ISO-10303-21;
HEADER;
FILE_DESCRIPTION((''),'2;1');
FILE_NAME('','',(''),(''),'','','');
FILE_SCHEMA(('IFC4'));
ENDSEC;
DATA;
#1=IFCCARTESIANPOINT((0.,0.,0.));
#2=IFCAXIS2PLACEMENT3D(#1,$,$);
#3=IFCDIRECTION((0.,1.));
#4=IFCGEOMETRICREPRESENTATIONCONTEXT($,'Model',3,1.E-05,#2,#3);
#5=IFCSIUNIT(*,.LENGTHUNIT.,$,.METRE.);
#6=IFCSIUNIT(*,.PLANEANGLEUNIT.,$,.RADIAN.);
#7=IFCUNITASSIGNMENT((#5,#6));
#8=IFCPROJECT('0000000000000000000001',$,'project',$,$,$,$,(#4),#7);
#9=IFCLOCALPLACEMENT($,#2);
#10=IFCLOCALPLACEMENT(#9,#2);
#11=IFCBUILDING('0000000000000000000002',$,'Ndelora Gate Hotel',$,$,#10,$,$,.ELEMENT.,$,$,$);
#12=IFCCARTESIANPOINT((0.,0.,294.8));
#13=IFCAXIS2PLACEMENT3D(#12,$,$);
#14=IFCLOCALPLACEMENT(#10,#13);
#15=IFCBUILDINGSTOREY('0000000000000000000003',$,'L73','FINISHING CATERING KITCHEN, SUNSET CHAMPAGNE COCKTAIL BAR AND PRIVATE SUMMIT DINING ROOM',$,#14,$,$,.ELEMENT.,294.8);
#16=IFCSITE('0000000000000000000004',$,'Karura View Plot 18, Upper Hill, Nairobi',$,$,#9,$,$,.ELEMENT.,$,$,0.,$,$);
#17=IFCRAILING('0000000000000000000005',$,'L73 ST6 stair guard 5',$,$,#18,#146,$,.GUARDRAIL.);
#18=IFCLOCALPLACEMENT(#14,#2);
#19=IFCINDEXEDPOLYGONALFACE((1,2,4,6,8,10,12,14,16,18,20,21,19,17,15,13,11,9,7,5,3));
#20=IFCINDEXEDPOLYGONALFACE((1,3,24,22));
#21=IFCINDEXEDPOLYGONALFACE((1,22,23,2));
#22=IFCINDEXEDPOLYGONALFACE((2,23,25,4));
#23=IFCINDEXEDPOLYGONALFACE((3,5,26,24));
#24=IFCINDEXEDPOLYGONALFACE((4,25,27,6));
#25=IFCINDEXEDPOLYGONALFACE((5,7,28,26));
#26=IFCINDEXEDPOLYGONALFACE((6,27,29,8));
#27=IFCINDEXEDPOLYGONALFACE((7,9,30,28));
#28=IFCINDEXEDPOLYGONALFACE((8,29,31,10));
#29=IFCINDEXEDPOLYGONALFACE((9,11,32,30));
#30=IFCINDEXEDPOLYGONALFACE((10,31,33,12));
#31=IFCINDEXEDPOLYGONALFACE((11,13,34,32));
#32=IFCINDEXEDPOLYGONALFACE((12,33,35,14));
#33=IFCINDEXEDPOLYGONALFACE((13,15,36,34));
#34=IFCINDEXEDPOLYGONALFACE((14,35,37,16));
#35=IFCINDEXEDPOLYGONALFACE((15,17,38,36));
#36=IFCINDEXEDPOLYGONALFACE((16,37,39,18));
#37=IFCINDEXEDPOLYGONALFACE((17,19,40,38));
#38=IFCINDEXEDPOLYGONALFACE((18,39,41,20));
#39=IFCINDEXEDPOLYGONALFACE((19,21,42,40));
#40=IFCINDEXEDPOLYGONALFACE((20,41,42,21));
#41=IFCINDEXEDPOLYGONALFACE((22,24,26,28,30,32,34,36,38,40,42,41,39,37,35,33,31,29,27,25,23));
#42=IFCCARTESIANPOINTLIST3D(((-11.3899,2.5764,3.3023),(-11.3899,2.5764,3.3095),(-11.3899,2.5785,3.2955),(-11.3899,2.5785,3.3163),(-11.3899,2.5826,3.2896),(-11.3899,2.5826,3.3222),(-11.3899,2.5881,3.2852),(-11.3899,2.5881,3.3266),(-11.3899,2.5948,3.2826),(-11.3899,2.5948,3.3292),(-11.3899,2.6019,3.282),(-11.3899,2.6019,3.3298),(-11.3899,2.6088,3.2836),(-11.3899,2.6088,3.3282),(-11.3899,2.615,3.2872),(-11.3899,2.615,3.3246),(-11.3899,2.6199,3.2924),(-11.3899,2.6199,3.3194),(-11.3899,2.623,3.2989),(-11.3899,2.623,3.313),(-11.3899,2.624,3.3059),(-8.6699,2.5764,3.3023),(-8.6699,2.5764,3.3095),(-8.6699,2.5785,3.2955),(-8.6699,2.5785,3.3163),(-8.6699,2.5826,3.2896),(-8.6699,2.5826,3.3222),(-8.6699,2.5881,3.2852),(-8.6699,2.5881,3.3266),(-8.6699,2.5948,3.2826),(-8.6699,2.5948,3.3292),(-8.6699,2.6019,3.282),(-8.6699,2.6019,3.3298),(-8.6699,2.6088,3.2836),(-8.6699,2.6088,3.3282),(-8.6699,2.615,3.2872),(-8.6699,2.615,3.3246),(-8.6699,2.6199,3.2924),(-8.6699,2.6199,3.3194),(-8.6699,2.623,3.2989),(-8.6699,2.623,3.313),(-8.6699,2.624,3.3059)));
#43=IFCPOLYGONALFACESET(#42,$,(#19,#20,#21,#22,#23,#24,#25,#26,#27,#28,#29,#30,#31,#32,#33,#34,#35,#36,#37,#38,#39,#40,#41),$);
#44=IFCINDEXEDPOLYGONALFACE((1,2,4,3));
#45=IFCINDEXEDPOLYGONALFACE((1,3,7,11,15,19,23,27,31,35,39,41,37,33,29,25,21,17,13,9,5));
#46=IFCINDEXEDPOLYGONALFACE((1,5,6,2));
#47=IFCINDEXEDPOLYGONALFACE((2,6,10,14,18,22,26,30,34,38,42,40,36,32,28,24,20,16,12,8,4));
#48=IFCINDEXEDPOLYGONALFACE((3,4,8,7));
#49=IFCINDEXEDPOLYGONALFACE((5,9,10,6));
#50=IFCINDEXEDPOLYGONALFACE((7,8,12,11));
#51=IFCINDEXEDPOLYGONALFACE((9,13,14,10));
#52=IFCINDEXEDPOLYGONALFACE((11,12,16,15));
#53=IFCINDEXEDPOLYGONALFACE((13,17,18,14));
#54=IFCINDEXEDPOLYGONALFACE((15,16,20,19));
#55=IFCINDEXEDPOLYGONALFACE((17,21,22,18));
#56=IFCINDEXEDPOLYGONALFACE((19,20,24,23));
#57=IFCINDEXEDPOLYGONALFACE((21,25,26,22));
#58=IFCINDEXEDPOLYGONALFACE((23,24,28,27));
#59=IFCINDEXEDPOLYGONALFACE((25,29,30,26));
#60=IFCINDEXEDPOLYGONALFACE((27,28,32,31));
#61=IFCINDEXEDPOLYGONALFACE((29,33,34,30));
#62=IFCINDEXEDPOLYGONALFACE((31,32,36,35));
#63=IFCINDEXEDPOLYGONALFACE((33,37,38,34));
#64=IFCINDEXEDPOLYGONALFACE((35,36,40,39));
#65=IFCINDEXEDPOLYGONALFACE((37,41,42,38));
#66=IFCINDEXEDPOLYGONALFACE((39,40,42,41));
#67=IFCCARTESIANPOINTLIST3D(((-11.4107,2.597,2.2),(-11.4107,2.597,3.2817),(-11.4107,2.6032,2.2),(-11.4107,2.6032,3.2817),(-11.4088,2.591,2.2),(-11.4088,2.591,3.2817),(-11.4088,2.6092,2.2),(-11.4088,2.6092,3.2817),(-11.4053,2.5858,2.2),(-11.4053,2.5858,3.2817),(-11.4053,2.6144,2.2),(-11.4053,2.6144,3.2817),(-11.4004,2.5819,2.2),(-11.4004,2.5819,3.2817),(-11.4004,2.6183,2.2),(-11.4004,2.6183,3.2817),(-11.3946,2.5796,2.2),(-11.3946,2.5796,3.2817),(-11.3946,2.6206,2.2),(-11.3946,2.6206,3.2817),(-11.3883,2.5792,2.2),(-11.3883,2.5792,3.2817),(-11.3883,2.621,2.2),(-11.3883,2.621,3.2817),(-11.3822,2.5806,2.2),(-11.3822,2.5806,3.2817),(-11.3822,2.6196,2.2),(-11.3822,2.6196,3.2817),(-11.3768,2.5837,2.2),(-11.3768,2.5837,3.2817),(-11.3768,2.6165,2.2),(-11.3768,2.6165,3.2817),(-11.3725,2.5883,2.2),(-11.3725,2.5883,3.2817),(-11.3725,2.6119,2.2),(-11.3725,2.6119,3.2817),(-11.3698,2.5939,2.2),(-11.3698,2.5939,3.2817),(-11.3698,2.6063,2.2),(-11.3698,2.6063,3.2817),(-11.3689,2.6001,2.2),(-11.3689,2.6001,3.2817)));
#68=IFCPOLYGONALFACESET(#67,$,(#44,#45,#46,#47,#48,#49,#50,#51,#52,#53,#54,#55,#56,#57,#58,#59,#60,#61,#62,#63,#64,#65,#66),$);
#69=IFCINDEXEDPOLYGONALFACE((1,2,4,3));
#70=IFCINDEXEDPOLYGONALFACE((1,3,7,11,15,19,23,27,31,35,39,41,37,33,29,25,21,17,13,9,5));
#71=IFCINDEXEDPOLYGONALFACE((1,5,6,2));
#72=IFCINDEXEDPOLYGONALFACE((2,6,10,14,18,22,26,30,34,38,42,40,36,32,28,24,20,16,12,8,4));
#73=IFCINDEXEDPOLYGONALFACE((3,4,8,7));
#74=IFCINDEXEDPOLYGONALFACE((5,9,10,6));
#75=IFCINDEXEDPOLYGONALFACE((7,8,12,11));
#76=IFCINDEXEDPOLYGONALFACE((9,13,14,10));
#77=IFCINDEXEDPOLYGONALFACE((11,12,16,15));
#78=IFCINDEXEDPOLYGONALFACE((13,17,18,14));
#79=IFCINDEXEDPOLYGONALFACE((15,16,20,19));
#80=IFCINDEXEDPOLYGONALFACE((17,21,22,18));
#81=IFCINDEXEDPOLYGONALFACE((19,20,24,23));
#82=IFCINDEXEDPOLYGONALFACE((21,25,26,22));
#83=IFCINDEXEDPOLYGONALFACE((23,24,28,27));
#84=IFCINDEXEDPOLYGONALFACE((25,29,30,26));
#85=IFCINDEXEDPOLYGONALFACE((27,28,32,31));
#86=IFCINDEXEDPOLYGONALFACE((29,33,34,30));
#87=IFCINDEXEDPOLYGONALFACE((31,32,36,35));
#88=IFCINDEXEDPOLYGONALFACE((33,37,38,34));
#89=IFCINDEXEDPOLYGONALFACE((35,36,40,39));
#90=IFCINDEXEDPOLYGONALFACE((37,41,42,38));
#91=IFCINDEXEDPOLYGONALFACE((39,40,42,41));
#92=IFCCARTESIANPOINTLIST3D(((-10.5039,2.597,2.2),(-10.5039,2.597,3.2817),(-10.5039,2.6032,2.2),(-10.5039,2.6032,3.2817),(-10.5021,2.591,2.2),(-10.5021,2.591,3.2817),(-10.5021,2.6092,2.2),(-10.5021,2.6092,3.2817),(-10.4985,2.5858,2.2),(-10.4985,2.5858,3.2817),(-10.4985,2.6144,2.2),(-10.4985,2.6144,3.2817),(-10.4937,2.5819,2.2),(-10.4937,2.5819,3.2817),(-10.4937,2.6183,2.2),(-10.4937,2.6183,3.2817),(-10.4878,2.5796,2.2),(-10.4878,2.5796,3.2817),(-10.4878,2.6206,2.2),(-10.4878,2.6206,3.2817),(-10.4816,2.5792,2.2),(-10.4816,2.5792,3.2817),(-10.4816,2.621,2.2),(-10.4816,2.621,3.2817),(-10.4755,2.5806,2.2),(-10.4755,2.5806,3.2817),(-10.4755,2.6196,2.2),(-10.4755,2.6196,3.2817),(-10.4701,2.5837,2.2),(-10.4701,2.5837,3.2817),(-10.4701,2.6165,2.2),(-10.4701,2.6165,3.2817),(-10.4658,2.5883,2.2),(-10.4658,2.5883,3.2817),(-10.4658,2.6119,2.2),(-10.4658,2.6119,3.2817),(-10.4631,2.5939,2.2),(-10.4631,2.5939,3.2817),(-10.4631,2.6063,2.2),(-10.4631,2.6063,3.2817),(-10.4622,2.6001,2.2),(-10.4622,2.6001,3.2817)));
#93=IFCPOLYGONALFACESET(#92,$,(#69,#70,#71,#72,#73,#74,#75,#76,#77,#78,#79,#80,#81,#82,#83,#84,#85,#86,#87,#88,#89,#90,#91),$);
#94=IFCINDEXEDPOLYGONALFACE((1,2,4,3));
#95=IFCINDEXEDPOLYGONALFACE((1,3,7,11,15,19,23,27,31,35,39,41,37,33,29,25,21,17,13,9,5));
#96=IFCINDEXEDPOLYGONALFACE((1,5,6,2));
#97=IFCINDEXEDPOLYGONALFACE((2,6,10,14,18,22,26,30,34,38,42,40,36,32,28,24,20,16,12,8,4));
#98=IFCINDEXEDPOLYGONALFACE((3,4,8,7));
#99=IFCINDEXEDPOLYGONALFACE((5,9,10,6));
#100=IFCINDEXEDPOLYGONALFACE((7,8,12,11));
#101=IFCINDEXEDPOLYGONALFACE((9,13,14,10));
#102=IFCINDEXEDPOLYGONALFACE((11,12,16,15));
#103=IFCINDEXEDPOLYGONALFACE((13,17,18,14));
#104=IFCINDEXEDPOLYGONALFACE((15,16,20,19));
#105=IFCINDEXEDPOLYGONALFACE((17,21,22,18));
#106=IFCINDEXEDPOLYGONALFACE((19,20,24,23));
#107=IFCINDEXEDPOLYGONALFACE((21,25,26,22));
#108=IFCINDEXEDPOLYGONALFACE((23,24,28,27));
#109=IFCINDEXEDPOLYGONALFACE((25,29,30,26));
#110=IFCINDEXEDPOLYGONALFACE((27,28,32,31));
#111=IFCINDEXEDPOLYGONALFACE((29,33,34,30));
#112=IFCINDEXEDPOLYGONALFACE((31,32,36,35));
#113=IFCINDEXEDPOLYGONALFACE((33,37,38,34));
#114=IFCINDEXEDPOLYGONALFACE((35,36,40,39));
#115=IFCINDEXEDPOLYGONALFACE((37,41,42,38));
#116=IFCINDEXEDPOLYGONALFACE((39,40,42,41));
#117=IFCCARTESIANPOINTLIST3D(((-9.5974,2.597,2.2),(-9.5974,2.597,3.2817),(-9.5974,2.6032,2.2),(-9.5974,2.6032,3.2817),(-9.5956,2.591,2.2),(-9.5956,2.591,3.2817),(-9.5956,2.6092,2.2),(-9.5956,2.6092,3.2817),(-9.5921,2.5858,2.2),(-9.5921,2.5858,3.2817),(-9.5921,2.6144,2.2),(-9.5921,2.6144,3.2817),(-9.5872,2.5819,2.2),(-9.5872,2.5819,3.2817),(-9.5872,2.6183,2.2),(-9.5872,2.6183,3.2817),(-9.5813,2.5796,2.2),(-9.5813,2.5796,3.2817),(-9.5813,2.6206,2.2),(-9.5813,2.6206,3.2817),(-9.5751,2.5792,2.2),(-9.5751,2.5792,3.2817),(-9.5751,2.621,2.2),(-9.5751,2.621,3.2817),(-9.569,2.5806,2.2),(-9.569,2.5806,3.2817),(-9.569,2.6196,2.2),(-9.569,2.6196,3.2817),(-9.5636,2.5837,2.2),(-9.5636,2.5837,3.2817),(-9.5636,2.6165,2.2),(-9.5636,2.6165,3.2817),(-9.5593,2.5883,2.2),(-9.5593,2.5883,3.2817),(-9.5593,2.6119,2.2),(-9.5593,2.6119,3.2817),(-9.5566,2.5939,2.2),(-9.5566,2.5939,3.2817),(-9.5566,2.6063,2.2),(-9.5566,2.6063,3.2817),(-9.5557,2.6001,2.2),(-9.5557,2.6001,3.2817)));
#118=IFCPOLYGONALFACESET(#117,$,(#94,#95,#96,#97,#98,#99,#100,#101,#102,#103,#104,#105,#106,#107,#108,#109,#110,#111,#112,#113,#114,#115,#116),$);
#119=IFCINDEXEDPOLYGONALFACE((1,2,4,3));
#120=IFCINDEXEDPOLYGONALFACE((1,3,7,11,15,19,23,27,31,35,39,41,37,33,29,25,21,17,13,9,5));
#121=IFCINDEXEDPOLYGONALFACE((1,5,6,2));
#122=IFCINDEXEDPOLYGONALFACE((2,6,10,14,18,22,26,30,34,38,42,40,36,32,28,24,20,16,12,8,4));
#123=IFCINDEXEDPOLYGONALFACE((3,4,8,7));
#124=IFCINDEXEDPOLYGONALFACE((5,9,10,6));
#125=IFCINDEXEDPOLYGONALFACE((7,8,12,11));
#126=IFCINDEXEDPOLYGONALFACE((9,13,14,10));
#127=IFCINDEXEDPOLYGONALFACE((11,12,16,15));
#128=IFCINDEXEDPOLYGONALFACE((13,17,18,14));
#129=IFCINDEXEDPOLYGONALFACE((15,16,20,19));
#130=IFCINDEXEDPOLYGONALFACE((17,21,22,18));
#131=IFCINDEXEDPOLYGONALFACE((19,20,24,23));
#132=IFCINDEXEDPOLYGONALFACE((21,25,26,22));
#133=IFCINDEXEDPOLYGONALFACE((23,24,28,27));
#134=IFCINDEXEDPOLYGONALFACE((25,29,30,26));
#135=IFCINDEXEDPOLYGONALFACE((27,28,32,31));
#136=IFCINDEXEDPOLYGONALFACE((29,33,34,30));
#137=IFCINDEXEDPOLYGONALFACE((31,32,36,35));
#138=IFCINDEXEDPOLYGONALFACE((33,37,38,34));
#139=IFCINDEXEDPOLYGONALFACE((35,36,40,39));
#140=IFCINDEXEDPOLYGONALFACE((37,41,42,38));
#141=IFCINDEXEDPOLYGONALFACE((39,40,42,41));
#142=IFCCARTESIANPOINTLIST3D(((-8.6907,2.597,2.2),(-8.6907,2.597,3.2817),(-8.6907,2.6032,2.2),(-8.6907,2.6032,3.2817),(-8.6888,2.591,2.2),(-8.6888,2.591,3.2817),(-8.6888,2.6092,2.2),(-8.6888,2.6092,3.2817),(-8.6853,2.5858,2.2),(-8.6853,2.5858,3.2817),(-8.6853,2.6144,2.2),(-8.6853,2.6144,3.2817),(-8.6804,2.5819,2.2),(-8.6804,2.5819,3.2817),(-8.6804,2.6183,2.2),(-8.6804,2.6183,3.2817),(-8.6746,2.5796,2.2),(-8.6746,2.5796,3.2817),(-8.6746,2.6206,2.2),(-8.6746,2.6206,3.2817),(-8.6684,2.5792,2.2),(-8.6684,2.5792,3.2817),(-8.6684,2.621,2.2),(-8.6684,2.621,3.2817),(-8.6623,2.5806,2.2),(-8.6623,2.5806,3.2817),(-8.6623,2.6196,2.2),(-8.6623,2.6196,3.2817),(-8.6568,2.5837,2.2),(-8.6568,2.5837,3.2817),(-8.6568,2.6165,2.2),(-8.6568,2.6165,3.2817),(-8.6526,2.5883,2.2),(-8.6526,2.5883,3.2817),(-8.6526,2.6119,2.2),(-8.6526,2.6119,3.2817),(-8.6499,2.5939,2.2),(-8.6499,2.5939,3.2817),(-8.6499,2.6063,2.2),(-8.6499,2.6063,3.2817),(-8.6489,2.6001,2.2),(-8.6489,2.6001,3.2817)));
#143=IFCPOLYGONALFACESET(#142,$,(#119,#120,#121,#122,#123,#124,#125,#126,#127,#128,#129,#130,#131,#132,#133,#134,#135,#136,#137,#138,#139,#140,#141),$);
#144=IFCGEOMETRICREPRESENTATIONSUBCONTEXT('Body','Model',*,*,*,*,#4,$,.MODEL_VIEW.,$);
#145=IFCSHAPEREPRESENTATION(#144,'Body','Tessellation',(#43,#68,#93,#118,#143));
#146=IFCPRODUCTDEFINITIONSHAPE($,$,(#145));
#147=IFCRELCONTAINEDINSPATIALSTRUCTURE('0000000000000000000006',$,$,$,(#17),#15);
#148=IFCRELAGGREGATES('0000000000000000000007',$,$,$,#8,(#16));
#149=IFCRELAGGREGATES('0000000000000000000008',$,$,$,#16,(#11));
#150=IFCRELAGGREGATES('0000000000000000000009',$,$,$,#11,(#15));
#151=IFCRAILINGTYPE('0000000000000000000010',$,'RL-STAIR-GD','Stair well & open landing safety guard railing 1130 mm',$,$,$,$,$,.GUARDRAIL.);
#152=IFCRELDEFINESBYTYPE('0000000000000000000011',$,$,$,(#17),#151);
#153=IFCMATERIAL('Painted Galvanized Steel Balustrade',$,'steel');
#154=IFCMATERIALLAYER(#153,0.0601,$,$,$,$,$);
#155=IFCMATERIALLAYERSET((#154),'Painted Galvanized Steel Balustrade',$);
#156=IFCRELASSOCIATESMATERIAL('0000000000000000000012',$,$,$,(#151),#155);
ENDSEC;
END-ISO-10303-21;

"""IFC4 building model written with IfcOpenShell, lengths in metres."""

from ifc_helpers import new_model, si_unit, direction, frame, origin, origin_2d, place, context, subcontext, project, spatial, circle, extrude, material, layer, layer_set, type_object, element, save


model = new_model("IFC4")

# Units and contexts
model_context = context("Model", 3, precision=1e-05, world=origin(), true_north=direction((0.0, 1.0)))
body_context = subcontext(model_context, "Body", "Model", "MODEL_VIEW")
ifc_project = project(units=[si_unit("LENGTHUNIT", "METRE"), si_unit("PLANEANGLEUNIT", "RADIAN")], contexts=[model_context])

# Site, building, storey
site_placement = place(None, origin())
site = spatial("IfcSite", under=ifc_project, at=site_placement, Name="Karura View Plot 18, Upper Hill, Nairobi", CompositionType="ELEMENT", RefElevation=0.0)
building_placement = place(site_placement, origin())
building = spatial("IfcBuilding", under=site, at=building_placement, Name="Ndelora Gate Hotel", CompositionType="ELEMENT")
storey_placement = place(building_placement, frame((0.0, 0.0, 294.8)))
storey = spatial("IfcBuildingStorey", under=building, at=storey_placement, Name="L73", Description="FINISHING CATERING KITCHEN, SUNSET CHAMPAGNE COCKTAIL BAR AND PRIVATE SUMMIT DINING ROOM", CompositionType="ELEMENT", Elevation=294.8)

# Railing
ifc_material_1 = material(Name="Painted Galvanized Steel Balustrade", Category="steel")
ifc_layer_1 = layer(ifc_material_1, 0.0601)
ifc_layer_set_1 = layer_set([ifc_layer_1], Name="Painted Galvanized Steel Balustrade")
railing_type_1 = type_object("IfcRailingType", Name="RL-STAIR-GD", Description="Stair well & open landing safety guard railing 1130 mm", PredefinedType="GUARDRAIL", material=ifc_layer_set_1)
railing_1_placement = place(storey_placement, frame((-11.3899, 2.6001, 2.2)))
element("IfcRailing", 1, at=railing_1_placement, inside=storey, type_object=railing_type_1, Name="L73 ST6 stair guard 5", PredefinedType="GUARDRAIL", context=body_context, shape_type="SweptSolid", body=[
    extrude(circle(Radius=0.0239, at=origin_2d()), frame((0.0, 0.0, 1.106), z_axis=(1.0, 0.0, 0.0), x_axis=(0.0, 1.0, 0.0)), (0.0, 0.0, 1.0), 2.72),
    extrude(circle(Radius=0.021, at=origin_2d()), origin(), (0.0, 0.0, 1.0), 1.0818),
    extrude(circle(Radius=0.021, at=origin_2d()), frame((0.9067, 0.0, 0.0)), (0.0, 0.0, 1.0), 1.0818),
    extrude(circle(Radius=0.021, at=origin_2d()), frame((1.8132, 0.0, 0.0)), (0.0, 0.0, 1.0), 1.0818),
    extrude(circle(Radius=0.021, at=origin_2d()), frame((2.72, 0.0, 0.0)), (0.0, 0.0, 1.0), 1.0818),
])

save(model, "model.ifc")
